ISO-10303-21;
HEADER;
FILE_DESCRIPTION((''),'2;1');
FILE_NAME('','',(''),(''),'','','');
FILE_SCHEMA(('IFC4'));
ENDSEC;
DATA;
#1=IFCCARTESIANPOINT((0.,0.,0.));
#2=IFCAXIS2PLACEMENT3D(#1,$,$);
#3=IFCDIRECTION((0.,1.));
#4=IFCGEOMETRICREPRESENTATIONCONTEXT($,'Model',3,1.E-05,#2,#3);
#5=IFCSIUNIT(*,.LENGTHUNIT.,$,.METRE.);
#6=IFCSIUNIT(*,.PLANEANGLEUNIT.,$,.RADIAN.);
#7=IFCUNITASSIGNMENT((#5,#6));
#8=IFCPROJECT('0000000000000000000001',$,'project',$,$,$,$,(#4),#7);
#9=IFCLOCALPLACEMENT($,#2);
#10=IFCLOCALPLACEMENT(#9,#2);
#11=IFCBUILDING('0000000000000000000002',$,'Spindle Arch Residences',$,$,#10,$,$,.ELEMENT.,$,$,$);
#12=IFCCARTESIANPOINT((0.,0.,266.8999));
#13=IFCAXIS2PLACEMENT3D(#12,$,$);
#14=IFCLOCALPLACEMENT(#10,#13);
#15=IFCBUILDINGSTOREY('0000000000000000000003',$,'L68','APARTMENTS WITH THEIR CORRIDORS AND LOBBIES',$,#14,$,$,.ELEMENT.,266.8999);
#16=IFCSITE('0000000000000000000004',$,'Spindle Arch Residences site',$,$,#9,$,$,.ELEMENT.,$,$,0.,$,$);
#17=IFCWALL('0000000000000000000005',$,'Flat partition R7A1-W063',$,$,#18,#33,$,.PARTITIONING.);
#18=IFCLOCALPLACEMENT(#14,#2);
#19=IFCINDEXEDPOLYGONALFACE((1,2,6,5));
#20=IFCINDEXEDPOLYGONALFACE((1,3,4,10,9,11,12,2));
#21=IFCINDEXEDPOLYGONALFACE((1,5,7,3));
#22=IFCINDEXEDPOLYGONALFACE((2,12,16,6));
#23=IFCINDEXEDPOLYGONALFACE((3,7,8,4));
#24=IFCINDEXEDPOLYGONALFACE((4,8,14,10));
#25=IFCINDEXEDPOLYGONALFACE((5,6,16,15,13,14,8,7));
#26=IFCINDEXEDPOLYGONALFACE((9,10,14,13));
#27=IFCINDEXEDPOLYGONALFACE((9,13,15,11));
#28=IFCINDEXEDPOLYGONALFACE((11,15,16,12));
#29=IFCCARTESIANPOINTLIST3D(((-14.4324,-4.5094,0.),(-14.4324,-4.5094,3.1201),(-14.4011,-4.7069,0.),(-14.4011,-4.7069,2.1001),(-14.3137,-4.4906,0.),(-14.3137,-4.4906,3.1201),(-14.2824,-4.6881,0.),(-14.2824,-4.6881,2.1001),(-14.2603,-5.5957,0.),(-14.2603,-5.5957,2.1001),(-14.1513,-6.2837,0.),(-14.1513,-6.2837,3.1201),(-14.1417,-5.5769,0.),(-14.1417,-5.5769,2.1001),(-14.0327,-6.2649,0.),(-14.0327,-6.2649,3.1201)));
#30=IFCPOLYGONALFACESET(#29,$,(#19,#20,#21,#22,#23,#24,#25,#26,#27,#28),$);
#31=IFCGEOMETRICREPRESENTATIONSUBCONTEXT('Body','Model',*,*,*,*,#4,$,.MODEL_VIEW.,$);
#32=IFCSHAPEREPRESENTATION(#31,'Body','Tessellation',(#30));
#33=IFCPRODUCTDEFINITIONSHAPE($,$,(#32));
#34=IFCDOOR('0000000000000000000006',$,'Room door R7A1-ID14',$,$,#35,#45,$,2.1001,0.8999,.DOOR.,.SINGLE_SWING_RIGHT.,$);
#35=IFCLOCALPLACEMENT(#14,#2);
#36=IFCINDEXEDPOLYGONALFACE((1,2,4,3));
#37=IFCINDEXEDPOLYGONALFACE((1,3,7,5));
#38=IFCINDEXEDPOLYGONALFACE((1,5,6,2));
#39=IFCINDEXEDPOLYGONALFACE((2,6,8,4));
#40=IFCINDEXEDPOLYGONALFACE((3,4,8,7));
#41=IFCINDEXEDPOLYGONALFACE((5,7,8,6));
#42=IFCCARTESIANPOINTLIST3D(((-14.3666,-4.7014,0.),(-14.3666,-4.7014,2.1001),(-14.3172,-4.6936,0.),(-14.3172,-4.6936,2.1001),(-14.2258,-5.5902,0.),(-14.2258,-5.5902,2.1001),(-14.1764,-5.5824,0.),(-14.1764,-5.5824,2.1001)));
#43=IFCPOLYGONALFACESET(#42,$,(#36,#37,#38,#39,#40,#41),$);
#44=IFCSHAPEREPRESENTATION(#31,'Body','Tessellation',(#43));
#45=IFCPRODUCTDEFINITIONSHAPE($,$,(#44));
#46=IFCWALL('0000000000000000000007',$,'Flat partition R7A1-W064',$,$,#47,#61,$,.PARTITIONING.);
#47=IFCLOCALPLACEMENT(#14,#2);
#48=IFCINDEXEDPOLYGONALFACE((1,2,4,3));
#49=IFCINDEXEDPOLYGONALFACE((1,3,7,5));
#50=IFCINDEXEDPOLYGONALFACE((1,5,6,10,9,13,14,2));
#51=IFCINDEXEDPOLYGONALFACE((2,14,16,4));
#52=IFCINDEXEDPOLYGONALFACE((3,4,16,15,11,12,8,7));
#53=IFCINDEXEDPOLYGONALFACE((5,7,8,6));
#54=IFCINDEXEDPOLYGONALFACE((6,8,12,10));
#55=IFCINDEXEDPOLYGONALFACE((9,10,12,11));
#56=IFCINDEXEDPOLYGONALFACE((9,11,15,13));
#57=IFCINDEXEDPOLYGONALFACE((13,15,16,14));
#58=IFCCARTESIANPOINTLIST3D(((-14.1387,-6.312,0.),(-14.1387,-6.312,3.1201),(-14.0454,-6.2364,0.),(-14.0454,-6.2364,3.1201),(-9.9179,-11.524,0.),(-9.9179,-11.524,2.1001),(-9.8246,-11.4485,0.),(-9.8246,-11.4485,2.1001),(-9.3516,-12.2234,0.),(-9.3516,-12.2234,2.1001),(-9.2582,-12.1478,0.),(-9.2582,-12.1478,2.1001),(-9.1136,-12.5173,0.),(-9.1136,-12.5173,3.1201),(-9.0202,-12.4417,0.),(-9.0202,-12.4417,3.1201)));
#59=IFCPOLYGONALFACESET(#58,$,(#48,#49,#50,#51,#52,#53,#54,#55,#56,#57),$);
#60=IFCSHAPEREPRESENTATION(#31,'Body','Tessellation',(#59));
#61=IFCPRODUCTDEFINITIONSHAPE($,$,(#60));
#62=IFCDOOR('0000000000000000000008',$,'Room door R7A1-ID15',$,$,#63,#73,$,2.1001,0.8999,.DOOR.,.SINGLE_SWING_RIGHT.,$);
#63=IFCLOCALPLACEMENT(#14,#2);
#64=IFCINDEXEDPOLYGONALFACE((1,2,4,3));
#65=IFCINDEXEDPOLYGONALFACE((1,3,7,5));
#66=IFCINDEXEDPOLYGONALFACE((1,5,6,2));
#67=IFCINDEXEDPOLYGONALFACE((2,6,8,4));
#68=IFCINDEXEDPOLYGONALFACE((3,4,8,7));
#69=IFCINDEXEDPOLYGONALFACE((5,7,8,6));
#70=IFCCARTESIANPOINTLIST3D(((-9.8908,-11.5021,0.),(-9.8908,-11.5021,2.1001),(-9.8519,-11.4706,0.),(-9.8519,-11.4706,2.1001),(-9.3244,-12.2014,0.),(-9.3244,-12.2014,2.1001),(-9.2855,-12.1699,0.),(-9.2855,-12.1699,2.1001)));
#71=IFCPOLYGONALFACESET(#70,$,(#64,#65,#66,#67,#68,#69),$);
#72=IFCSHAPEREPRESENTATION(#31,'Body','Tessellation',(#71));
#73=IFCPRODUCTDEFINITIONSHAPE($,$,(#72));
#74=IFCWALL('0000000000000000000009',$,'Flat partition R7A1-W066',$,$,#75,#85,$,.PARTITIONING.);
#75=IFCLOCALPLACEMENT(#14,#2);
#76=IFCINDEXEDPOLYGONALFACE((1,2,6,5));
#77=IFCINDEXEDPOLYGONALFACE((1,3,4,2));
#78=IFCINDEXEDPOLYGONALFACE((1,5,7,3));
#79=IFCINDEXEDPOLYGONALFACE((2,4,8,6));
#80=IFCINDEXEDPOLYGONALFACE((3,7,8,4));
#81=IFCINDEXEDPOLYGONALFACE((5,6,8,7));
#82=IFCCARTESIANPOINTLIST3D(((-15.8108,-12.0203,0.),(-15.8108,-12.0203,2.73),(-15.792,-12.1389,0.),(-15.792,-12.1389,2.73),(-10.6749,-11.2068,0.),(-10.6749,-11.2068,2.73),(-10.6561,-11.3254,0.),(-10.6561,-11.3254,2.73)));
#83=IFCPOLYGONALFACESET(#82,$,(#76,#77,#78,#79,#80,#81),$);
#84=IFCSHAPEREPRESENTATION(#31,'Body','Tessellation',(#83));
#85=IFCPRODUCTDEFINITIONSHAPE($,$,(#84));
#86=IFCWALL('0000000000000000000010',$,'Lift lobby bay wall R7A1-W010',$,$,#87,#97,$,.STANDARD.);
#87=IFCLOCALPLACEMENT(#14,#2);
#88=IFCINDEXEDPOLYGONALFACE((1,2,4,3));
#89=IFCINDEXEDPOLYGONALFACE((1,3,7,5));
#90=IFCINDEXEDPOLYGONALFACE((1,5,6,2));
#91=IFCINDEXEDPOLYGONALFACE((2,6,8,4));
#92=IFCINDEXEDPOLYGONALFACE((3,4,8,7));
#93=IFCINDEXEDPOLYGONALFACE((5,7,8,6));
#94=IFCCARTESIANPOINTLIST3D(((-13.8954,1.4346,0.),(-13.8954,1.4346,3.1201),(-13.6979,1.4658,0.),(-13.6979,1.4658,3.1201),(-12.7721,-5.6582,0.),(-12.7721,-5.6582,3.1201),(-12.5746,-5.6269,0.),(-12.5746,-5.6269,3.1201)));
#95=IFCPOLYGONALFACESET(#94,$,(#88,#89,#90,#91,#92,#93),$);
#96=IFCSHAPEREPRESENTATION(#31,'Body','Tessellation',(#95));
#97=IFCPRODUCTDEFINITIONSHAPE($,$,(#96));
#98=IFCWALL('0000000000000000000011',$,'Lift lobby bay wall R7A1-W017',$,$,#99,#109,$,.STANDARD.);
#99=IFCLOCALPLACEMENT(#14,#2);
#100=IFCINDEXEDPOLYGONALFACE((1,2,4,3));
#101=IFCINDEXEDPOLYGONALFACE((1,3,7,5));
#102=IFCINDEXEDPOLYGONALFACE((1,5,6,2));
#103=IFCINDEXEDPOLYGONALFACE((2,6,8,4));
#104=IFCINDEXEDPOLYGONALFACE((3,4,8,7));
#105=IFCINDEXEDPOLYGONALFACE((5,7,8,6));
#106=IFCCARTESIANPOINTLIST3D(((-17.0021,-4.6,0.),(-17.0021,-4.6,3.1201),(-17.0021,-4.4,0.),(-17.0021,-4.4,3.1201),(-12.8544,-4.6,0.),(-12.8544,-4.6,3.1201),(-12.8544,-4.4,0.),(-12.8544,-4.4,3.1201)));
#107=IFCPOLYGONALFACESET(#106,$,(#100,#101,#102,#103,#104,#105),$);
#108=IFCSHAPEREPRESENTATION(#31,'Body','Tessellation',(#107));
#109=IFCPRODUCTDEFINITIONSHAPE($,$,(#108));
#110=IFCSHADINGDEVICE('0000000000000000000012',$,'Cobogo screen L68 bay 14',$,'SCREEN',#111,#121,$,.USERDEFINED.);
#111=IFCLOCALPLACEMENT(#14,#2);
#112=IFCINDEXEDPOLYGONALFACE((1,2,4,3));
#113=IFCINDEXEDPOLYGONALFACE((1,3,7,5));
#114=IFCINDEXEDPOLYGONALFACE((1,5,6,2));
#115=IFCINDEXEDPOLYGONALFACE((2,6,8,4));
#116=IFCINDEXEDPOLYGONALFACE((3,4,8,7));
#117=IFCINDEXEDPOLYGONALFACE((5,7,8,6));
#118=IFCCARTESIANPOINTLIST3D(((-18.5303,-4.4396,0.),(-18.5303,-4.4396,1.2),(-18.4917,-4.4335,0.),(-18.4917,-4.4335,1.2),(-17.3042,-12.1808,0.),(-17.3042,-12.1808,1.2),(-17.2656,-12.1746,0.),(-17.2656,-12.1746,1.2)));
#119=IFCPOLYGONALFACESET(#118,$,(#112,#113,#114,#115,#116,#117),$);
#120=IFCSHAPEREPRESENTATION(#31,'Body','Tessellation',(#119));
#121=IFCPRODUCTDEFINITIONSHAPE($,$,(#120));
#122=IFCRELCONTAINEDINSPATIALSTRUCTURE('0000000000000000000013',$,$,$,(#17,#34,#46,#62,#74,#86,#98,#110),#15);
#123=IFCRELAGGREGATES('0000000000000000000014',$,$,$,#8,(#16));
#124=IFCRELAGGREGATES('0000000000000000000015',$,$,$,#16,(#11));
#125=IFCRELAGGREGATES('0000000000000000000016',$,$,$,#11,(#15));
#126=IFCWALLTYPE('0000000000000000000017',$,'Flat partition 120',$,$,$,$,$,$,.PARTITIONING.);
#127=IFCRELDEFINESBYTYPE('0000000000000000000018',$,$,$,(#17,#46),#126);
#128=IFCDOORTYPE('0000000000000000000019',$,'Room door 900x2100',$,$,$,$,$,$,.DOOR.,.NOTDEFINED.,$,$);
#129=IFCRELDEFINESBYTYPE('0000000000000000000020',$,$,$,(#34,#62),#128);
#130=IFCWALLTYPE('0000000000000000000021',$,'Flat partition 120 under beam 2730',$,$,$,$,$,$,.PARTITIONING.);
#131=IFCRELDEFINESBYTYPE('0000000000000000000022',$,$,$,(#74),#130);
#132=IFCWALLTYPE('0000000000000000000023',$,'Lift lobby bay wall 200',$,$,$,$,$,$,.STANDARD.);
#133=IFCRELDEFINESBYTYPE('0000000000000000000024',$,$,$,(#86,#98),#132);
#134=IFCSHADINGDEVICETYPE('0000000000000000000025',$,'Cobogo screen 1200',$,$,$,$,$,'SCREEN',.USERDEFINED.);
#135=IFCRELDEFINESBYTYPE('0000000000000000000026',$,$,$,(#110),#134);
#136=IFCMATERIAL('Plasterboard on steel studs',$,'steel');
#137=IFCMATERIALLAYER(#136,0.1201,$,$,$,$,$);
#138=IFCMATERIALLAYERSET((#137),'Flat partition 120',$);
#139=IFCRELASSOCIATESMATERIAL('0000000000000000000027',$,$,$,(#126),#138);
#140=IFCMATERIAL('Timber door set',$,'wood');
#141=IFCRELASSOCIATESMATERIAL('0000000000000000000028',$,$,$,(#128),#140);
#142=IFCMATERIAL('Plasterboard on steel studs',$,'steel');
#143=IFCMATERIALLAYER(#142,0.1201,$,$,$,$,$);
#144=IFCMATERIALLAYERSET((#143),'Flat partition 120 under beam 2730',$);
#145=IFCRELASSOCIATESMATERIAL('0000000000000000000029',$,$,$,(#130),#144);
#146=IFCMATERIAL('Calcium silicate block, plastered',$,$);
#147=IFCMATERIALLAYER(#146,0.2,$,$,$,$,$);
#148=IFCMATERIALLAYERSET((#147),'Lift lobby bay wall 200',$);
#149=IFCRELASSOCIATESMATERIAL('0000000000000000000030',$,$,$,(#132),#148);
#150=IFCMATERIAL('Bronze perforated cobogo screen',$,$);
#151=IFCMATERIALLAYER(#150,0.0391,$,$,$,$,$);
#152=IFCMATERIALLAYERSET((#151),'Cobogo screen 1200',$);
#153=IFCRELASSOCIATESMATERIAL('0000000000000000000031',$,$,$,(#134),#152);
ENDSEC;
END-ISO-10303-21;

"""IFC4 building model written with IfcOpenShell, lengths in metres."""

from ifc_helpers import new_model, si_unit, direction, frame, frame_2d, origin, origin_2d, place, context, subcontext, project, spatial, rectangle, extrude, material, layer, layer_set, type_object, element, fill, save


model = new_model("IFC4")

# Units and contexts
model_context = context("Model", 3, precision=1e-05, world=origin(), true_north=direction((0.0, 1.0)))
body_context = subcontext(model_context, "Body", "Model", "MODEL_VIEW")
ifc_project = project(units=[si_unit("LENGTHUNIT", "METRE"), si_unit("PLANEANGLEUNIT", "RADIAN")], contexts=[model_context])

# Site, building, storey
site_placement = place(None, origin())
site = spatial("IfcSite", under=ifc_project, at=site_placement, Name="Spindle Arch Residences site", CompositionType="ELEMENT", RefElevation=0.0)
building_placement = place(site_placement, origin())
building = spatial("IfcBuilding", under=site, at=building_placement, Name="Spindle Arch Residences", CompositionType="ELEMENT")
storey_placement = place(building_placement, frame((0.0, 0.0, 266.8999)))
storey = spatial("IfcBuildingStorey", under=building, at=storey_placement, Name="L68", Description="APARTMENTS WITH THEIR CORRIDORS AND LOBBIES", CompositionType="ELEMENT", Elevation=266.8999)

# Walls, openings, doors
ifc_material_1 = material(Name="Plasterboard on steel studs", Category="steel")
ifc_layer_1 = layer(ifc_material_1, 0.1201)
ifc_layer_set_1 = layer_set([ifc_layer_1], Name="Flat partition 120")
wall_type_1 = type_object("IfcWallType", Name="Flat partition 120", PredefinedType="PARTITIONING", material=ifc_layer_set_1)
wall_1_placement = place(storey_placement, frame((-14.373, -4.5, 0.0), z_axis=(0.0, 0.0, 1.0), x_axis=(0.156437, -0.987688, 0.0)))
wall_1 = element("IfcWall", 1, at=wall_1_placement, inside=storey, type_object=wall_type_1, Name="Flat partition R7A1-W063", PredefinedType="PARTITIONING", context=body_context, shape_type="SweptSolid", body=[
    extrude(rectangle(XDim=1.7964, YDim=0.1201, at=frame_2d((0.8982, 0.0))), origin(), (0.0, 0.0, 1.0), 3.1201),
])
opening_1_placement = place(wall_1_placement, frame((0.2, 0.0, 0.0)))
opening_1 = element("IfcOpeningElement", 2, at=opening_1_placement, cuts=wall_1, PredefinedType="OPENING", context=body_context, shape_type="SweptSolid", body=[
    extrude(rectangle(XDim=0.8999, YDim=2.1001, at=frame_2d((0.45, 1.05))), frame((0.0, 0.0701, 0.0), z_axis=(0.0, -1.0, 0.0), x_axis=(1.0, 0.0, 0.0)), (0.0, 0.0, 1.0), 0.1401),
])
ifc_material_2 = material(Name="Timber door set", Category="wood")
door_type_1 = type_object("IfcDoorType", Name="Room door 900x2100", OperationType="NOTDEFINED", PredefinedType="DOOR", material=ifc_material_2)
door_1_placement = place(opening_1_placement, origin())
door_1 = element("IfcDoor", 3, at=door_1_placement, inside=storey, type_object=door_type_1, Name="Room door R7A1-ID14", OperationType="SINGLE_SWING_RIGHT", OverallHeight=2.1001, OverallWidth=0.8999, PredefinedType="DOOR", context=body_context, shape_type="SweptSolid", body=[
    extrude(rectangle(XDim=0.8999, YDim=2.1001, at=frame_2d((0.45, 1.05))), frame((0.0, 0.0249, 0.0), z_axis=(0.0, -1.0, 0.0), x_axis=(1.0, 0.0, 0.0)), (0.0, 0.0, 1.0), 0.05),
])
fill(opening_1, door_1)
wall_2_placement = place(storey_placement, frame((-14.092, -6.2742, 0.0), z_axis=(0.0, 0.0, 1.0), x_axis=(0.629334, -0.777135, 0.0)))
wall_2 = element("IfcWall", 4, at=wall_2_placement, inside=storey, type_object=wall_type_1, Name="Flat partition R7A1-W064", PredefinedType="PARTITIONING", context=body_context, shape_type="SweptSolid", body=[
    extrude(rectangle(XDim=7.9849, YDim=0.1201, at=frame_2d((3.9924, 0.0))), origin(), (0.0, 0.0, 1.0), 3.1201),
])
opening_2_placement = place(wall_2_placement, frame((6.7068, 0.0, 0.0)))
opening_2 = element("IfcOpeningElement", 5, at=opening_2_placement, cuts=wall_2, PredefinedType="OPENING", context=body_context, shape_type="SweptSolid", body=[
    extrude(rectangle(XDim=0.8999, YDim=2.1001, at=frame_2d((0.45, 1.05))), frame((0.0, 0.0701, 0.0), z_axis=(0.0, -1.0, 0.0), x_axis=(1.0, 0.0, 0.0)), (0.0, 0.0, 1.0), 0.1401),
])
door_2_placement = place(opening_2_placement, origin())
door_2 = element("IfcDoor", 6, at=door_2_placement, inside=storey, type_object=door_type_1, Name="Room door R7A1-ID15", OperationType="SINGLE_SWING_RIGHT", OverallHeight=2.1001, OverallWidth=0.8999, PredefinedType="DOOR", context=body_context, shape_type="SweptSolid", body=[
    extrude(rectangle(XDim=0.8999, YDim=2.1001, at=frame_2d((0.45, 1.05))), frame((0.0, 0.0249, 0.0), z_axis=(0.0, -1.0, 0.0), x_axis=(1.0, 0.0, 0.0)), (0.0, 0.0, 1.0), 0.05),
])
fill(opening_2, door_2)

# Wall
ifc_material_3 = material(Name="Plasterboard on steel studs", Category="steel")
ifc_layer_2 = layer(ifc_material_3, 0.1201)
ifc_layer_set_2 = layer_set([ifc_layer_2], Name="Flat partition 120 under beam 2730")
wall_type_2 = type_object("IfcWallType", Name="Flat partition 120 under beam 2730", PredefinedType="PARTITIONING", material=ifc_layer_set_2)
wall_3_placement = place(storey_placement, frame((-15.8015, -12.0796, 0.0), z_axis=(0.0, 0.0, 1.0), x_axis=(0.987688, 0.156438, 0.0)))
element("IfcWall", 7, at=wall_3_placement, inside=storey, type_object=wall_type_2, Name="Flat partition R7A1-W066", PredefinedType="PARTITIONING", context=body_context, shape_type="SweptSolid", body=[
    extrude(rectangle(XDim=5.2, YDim=0.1201, at=frame_2d((2.6001, 0.0))), origin(), (0.0, 0.0, 1.0), 2.73),
])

# Walls
ifc_material_4 = material(Name="Calcium silicate block, plastered")
ifc_layer_3 = layer(ifc_material_4, 0.2)
ifc_layer_set_3 = layer_set([ifc_layer_3], Name="Lift lobby bay wall 200")
wall_type_3 = type_object("IfcWallType", Name="Lift lobby bay wall 200", PredefinedType="STANDARD", material=ifc_layer_set_3)
wall_4_placement = place(storey_placement, frame((-13.7966, 1.4502, 0.0), z_axis=(0.0, 0.0, 1.0), x_axis=(0.156422, -0.98769, 0.0)))
element("IfcWall", 8, at=wall_4_placement, inside=storey, type_object=wall_type_3, Name="Lift lobby bay wall R7A1-W010", PredefinedType="STANDARD", context=body_context, shape_type="SweptSolid", body=[
    extrude(rectangle(XDim=7.1812, YDim=0.2, at=frame_2d((3.5906, 0.0))), origin(), (0.0, 0.0, 1.0), 3.1201),
])
wall_5_placement = place(storey_placement, frame((-17.002, -4.5, 0.0), z_axis=(0.0, 0.0, 1.0), x_axis=(1.0, 0.0, 0.0)))
element("IfcWall", 9, at=wall_5_placement, inside=storey, type_object=wall_type_3, Name="Lift lobby bay wall R7A1-W017", PredefinedType="STANDARD", context=body_context, shape_type="SweptSolid", body=[
    extrude(rectangle(XDim=4.1477, YDim=0.2, at=frame_2d((2.0737, 0.0))), origin(), (0.0, 0.0, 1.0), 3.1201),
])

# Shading device
ifc_material_5 = material(Name="Bronze perforated cobogo screen")
ifc_layer_4 = layer(ifc_material_5, 0.0391)
ifc_layer_set_4 = layer_set([ifc_layer_4], Name="Cobogo screen 1200")
shading_device_type = type_object("IfcShadingDeviceType", Name="Cobogo screen 1200", ElementType="SCREEN", PredefinedType="USERDEFINED", material=ifc_layer_set_4)
shading_device_placement = place(storey_placement, frame((-17.8979, -8.3071, 0.0), z_axis=(0.0, 0.0, 1.0), x_axis=(0.156434, -0.987688, 0.0)))
element("IfcShadingDevice", 10, at=shading_device_placement, inside=storey, type_object=shading_device_type, Name="Cobogo screen L68 bay 14", ObjectType="SCREEN", PredefinedType="USERDEFINED", context=body_context, shape_type="SweptSolid", body=[
    extrude(rectangle(XDim=7.8376, YDim=0.0391, at=origin_2d()), origin(), (0.0, 0.0, 1.0), 1.2),
])

save(model, "model.ifc")
